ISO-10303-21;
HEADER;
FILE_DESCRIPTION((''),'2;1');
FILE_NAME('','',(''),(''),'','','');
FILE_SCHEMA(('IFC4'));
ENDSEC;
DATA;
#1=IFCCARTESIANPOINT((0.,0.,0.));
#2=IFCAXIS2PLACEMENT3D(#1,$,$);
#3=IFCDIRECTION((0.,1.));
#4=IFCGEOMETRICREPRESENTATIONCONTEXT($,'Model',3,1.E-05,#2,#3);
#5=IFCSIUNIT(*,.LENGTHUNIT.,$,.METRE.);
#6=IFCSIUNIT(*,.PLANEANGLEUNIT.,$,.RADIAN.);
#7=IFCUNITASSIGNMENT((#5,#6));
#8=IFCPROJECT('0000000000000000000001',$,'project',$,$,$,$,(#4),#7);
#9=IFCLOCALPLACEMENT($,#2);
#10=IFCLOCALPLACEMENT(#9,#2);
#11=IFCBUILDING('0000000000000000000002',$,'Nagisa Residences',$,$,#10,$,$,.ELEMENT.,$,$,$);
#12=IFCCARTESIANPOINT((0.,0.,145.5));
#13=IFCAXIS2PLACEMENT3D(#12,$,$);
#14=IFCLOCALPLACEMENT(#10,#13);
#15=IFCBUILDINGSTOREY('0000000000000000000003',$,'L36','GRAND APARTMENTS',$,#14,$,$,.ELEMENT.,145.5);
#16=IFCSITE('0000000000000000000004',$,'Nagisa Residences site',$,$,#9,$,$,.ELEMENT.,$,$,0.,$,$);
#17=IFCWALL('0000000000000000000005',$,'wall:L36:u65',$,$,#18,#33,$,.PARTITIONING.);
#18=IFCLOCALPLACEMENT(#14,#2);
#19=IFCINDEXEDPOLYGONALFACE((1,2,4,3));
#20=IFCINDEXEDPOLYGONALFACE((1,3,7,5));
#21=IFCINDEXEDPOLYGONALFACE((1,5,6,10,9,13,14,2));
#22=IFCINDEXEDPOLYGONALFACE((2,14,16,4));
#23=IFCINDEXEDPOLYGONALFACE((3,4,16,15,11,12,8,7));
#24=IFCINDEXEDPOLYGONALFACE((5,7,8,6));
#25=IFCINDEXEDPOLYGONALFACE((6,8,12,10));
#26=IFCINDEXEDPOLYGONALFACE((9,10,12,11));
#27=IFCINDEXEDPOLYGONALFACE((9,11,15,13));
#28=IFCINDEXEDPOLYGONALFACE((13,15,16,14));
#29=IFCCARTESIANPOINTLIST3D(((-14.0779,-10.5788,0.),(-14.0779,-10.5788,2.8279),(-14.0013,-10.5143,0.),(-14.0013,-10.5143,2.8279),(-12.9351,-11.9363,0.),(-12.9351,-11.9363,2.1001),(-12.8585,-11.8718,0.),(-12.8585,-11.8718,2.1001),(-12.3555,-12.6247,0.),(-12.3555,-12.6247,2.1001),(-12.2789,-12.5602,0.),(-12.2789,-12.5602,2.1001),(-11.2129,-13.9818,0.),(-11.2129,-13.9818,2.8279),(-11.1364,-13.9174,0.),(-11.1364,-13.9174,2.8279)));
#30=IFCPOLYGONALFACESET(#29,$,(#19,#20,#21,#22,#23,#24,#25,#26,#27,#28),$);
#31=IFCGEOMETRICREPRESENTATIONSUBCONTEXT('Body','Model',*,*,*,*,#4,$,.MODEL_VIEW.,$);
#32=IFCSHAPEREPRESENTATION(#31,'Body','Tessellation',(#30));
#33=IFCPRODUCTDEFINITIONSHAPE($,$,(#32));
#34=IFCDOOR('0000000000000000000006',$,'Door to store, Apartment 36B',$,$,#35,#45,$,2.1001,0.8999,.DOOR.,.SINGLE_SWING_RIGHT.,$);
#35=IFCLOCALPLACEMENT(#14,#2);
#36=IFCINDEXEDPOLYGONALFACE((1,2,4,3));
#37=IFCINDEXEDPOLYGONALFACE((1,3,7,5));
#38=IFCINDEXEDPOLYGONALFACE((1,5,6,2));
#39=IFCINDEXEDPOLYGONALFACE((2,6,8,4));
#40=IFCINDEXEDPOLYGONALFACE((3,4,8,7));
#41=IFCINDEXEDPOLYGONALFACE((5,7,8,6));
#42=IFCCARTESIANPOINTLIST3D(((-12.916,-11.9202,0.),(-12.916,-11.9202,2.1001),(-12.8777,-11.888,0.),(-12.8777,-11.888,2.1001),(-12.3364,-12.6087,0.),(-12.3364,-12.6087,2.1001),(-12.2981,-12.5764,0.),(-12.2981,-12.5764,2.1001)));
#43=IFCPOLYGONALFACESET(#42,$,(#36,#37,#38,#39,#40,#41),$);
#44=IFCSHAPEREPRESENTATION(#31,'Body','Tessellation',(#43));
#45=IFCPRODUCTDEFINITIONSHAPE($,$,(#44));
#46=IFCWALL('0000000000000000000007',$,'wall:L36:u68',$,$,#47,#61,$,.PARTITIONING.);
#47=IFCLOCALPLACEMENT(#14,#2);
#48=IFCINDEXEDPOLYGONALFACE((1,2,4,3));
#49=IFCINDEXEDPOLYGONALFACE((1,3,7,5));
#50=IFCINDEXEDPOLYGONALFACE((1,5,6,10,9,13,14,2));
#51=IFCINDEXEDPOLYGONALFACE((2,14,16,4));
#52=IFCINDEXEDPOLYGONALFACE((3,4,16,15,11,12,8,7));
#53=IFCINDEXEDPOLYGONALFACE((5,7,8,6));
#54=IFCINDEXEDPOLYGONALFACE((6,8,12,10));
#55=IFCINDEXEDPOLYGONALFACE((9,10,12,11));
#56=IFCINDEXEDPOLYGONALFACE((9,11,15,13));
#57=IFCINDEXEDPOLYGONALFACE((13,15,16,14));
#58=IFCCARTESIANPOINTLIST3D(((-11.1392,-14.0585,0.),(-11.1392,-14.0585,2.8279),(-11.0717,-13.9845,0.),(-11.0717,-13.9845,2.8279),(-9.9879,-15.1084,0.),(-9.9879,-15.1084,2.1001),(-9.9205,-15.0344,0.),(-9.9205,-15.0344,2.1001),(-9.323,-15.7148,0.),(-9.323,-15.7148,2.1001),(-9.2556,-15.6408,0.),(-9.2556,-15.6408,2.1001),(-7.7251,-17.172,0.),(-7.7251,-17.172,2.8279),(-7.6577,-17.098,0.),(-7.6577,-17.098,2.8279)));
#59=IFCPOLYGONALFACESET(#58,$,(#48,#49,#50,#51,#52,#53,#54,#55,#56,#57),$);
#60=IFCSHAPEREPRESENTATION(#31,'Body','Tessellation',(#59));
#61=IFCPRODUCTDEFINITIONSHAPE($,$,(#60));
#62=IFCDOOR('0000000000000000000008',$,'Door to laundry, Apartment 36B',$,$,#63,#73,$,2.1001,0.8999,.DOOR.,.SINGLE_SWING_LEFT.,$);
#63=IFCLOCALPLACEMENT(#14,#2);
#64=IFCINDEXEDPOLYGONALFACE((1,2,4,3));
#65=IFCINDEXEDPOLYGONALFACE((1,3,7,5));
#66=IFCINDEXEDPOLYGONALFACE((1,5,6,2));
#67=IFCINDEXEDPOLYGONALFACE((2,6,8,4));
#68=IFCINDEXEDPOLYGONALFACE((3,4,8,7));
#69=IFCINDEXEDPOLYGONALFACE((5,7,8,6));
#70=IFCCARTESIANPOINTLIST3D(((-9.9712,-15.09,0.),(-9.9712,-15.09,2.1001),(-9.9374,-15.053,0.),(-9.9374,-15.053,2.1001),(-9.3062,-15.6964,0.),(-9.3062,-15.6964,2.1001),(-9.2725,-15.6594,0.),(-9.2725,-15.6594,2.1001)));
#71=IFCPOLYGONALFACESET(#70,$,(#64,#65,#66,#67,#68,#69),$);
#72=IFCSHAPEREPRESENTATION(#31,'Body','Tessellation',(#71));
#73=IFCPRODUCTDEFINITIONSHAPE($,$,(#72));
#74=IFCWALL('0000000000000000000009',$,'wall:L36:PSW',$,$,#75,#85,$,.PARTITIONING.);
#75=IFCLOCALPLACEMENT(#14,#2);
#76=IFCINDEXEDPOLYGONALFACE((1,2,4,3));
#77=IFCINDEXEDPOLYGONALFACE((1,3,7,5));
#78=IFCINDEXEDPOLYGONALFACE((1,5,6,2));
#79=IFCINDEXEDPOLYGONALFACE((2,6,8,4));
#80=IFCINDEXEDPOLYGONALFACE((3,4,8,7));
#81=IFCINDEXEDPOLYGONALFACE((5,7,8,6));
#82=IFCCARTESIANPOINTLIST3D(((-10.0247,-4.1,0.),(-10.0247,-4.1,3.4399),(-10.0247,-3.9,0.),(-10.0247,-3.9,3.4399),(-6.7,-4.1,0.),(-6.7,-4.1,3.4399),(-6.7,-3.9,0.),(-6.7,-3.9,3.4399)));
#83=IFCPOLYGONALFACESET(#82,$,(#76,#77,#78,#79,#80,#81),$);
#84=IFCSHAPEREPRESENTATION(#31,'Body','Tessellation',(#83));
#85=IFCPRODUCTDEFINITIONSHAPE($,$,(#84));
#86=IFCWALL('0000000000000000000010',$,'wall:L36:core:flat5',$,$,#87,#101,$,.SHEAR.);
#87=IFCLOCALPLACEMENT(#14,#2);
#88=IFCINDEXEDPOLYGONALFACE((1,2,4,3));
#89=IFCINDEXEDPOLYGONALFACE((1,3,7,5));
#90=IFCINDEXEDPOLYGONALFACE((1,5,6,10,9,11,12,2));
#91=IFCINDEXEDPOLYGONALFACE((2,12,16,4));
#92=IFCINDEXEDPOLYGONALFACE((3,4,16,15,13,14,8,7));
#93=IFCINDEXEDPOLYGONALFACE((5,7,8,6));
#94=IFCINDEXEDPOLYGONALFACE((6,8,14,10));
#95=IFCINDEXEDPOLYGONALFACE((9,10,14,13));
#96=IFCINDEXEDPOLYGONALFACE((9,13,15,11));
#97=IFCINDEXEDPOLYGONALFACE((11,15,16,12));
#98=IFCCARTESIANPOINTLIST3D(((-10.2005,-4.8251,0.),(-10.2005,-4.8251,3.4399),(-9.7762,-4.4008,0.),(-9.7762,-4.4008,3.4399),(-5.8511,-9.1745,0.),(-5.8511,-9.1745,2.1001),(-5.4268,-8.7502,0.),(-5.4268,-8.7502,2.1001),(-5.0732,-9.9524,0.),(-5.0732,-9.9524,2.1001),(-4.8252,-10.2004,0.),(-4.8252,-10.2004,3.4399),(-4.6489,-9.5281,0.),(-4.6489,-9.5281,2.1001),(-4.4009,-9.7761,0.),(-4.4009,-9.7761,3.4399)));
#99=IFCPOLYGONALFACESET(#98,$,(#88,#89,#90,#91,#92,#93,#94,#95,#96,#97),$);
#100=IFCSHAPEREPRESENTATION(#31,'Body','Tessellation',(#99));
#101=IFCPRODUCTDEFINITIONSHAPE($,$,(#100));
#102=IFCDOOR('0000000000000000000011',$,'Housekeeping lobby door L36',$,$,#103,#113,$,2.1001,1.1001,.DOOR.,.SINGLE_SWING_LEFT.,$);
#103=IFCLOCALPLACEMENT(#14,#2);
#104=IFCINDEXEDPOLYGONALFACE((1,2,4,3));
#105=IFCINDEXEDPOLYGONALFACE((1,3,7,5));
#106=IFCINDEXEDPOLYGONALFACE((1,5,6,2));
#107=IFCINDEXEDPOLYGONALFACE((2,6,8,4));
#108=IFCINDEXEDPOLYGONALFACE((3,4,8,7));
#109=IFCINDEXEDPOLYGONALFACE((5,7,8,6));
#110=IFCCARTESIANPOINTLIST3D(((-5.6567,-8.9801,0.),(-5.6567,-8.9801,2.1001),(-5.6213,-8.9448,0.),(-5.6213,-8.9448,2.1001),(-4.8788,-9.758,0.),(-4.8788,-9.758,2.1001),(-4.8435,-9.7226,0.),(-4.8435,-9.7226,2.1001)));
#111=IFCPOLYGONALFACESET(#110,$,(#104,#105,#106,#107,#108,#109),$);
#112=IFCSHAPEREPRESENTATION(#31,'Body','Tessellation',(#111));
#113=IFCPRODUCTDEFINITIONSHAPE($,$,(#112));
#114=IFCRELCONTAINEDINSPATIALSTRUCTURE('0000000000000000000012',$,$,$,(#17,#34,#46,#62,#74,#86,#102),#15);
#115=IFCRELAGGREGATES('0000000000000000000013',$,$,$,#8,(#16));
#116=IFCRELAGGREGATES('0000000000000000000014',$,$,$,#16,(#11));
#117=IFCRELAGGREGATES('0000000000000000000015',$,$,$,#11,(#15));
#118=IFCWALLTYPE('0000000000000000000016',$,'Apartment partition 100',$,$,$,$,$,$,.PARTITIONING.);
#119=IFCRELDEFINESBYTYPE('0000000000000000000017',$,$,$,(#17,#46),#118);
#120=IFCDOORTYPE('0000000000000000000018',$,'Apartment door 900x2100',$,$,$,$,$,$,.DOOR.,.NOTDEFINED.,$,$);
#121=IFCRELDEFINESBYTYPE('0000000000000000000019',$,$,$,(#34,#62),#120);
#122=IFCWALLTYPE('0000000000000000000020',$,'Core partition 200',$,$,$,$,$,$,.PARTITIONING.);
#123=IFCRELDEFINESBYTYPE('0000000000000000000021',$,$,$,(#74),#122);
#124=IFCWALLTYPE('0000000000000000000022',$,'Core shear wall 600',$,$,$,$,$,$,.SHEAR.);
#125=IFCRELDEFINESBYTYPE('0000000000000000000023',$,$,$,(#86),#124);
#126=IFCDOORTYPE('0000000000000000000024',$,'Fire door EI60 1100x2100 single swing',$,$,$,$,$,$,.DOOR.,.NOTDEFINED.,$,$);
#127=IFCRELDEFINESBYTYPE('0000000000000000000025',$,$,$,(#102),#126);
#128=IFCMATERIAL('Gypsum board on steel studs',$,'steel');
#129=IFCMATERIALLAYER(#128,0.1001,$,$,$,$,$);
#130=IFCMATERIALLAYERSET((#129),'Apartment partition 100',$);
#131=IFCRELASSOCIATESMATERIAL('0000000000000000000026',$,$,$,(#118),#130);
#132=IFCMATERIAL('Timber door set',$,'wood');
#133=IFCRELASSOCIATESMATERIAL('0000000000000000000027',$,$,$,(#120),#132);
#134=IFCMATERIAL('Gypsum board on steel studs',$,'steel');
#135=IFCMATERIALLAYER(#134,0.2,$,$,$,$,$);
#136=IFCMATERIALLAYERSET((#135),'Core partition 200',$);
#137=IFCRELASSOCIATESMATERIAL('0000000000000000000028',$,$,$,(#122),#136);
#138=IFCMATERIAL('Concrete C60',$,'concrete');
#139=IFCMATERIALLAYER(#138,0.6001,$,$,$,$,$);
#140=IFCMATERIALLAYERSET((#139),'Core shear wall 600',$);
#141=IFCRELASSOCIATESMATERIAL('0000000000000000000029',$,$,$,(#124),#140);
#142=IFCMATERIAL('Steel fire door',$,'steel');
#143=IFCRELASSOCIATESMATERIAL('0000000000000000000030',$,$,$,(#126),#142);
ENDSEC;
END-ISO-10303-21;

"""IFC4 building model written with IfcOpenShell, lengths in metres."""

from ifc_helpers import new_model, si_unit, direction, frame, frame_2d, origin, place, context, subcontext, project, spatial, rectangle, extrude, material, layer, layer_set, type_object, element, fill, save


model = new_model("IFC4")

# Units and contexts
model_context = context("Model", 3, precision=1e-05, world=origin(), true_north=direction((0.0, 1.0)))
body_context = subcontext(model_context, "Body", "Model", "MODEL_VIEW")
ifc_project = project(units=[si_unit("LENGTHUNIT", "METRE"), si_unit("PLANEANGLEUNIT", "RADIAN")], contexts=[model_context])

# Site, building, storey
site_placement = place(None, origin())
site = spatial("IfcSite", under=ifc_project, at=site_placement, Name="Nagisa Residences site", CompositionType="ELEMENT", RefElevation=0.0)
building_placement = place(site_placement, origin())
building = spatial("IfcBuilding", under=site, at=building_placement, Name="Nagisa Residences", CompositionType="ELEMENT")
storey_placement = place(building_placement, frame((0.0, 0.0, 145.5)))
storey = spatial("IfcBuildingStorey", under=building, at=storey_placement, Name="L36", Description="GRAND APARTMENTS", CompositionType="ELEMENT", Elevation=145.5)

# Shared definitions
ifc_material_1 = material(Name="Gypsum board on steel studs", Category="steel")
ifc_layer_1 = layer(ifc_material_1, 0.1001)
ifc_layer_set_1 = layer_set([ifc_layer_1], Name="Apartment partition 100")
wall_type_1 = type_object("IfcWallType", Name="Apartment partition 100", PredefinedType="PARTITIONING", material=ifc_layer_set_1)
ifc_material_2 = material(Name="Timber door set", Category="wood")
door_type_1 = type_object("IfcDoorType", Name="Apartment door 900x2100", OperationType="NOTDEFINED", PredefinedType="DOOR", material=ifc_material_2)

# Walls, openings, doors
wall_1_placement = place(storey_placement, frame((-14.0396, -10.5466, 0.0), z_axis=(0.0, 0.0, 1.0), x_axis=(0.644036, -0.764995, 0.0)))
wall_1 = element("IfcWall", 1, at=wall_1_placement, inside=storey, type_object=wall_type_1, Name="wall:L36:u65", PredefinedType="PARTITIONING", context=body_context, shape_type="SweptSolid", body=[
    extrude(rectangle(XDim=4.4485, YDim=0.1001, at=frame_2d((2.2241, 0.0))), origin(), (0.0, 0.0, 1.0), 2.8279),
])
opening_1_placement = place(wall_1_placement, frame((1.7744, 0.0, 0.0)))
opening_1 = element("IfcOpeningElement", 2, at=opening_1_placement, cuts=wall_1, PredefinedType="OPENING", context=body_context, shape_type="SweptSolid", body=[
    extrude(rectangle(XDim=0.8999, YDim=2.1001, at=frame_2d((0.45, 1.05))), frame((0.0, 0.0601, 0.0), z_axis=(0.0, -1.0, 0.0), x_axis=(1.0, 0.0, 0.0)), (0.0, 0.0, 1.0), 0.1201),
])
door_1_placement = place(opening_1_placement, origin())
door_1 = element("IfcDoor", 3, at=door_1_placement, inside=storey, type_object=door_type_1, Name="Door to store, Apartment 36B", OperationType="SINGLE_SWING_RIGHT", OverallHeight=2.1001, OverallWidth=0.8999, PredefinedType="DOOR", context=body_context, shape_type="SweptSolid", body=[
    extrude(rectangle(XDim=0.8999, YDim=2.1001, at=frame_2d((0.45, 1.05))), frame((0.0, 0.0249, 0.0), z_axis=(0.0, -1.0, 0.0), x_axis=(1.0, 0.0, 0.0)), (0.0, 0.0, 1.0), 0.05),
])
fill(opening_1, door_1)
wall_2_placement = place(storey_placement, frame((-11.1055, -14.0215, 0.0), z_axis=(0.0, 0.0, 1.0), x_axis=(0.73888, -0.673837, 0.0)))
wall_2 = element("IfcWall", 4, at=wall_2_placement, inside=storey, type_object=wall_type_1, Name="wall:L36:u68", PredefinedType="PARTITIONING", context=body_context, shape_type="SweptSolid", body=[
    extrude(rectangle(XDim=4.6206, YDim=0.1001, at=frame_2d((2.3103, 0.0))), origin(), (0.0, 0.0, 1.0), 2.8279),
])
opening_2_placement = place(wall_2_placement, frame((1.5581, 0.0, 0.0)))
opening_2 = element("IfcOpeningElement", 5, at=opening_2_placement, cuts=wall_2, PredefinedType="OPENING", context=body_context, shape_type="SweptSolid", body=[
    extrude(rectangle(XDim=0.8999, YDim=2.1001, at=frame_2d((0.45, 1.05))), frame((0.0, 0.0601, 0.0), z_axis=(0.0, -1.0, 0.0), x_axis=(1.0, 0.0, 0.0)), (0.0, 0.0, 1.0), 0.1201),
])
door_2_placement = place(opening_2_placement, origin())
door_2 = element("IfcDoor", 6, at=door_2_placement, inside=storey, type_object=door_type_1, Name="Door to laundry, Apartment 36B", OperationType="SINGLE_SWING_LEFT", OverallHeight=2.1001, OverallWidth=0.8999, PredefinedType="DOOR", context=body_context, shape_type="SweptSolid", body=[
    extrude(rectangle(XDim=0.8999, YDim=2.1001, at=frame_2d((0.45, 1.05))), frame((0.0, 0.0249, 0.0), z_axis=(0.0, -1.0, 0.0), x_axis=(1.0, 0.0, 0.0)), (0.0, 0.0, 1.0), 0.05),
])
fill(opening_2, door_2)

# Wall
ifc_material_3 = material(Name="Gypsum board on steel studs", Category="steel")
ifc_layer_2 = layer(ifc_material_3, 0.2)
ifc_layer_set_2 = layer_set([ifc_layer_2], Name="Core partition 200")
wall_type_2 = type_object("IfcWallType", Name="Core partition 200", PredefinedType="PARTITIONING", material=ifc_layer_set_2)
wall_3_placement = place(storey_placement, frame((-10.0247, -4.0, 0.0), z_axis=(0.0, 0.0, 1.0), x_axis=(1.0, 0.0, 0.0)))
element("IfcWall", 7, at=wall_3_placement, inside=storey, type_object=wall_type_2, Name="wall:L36:PSW", PredefinedType="PARTITIONING", context=body_context, shape_type="SweptSolid", body=[
    extrude(rectangle(XDim=3.3247, YDim=0.2, at=frame_2d((1.6624, 0.0))), origin(), (0.0, 0.0, 1.0), 3.4399),
])

# Wall, opening, door
ifc_material_4 = material(Name="Concrete C60", Category="concrete")
ifc_layer_3 = layer(ifc_material_4, 0.6001)
ifc_layer_set_3 = layer_set([ifc_layer_3], Name="Core shear wall 600")
wall_type_3 = type_object("IfcWallType", Name="Core shear wall 600", PredefinedType="SHEAR", material=ifc_layer_set_3)
wall_4_placement = place(storey_placement, frame((-9.9883, -4.613, 0.0), z_axis=(0.0, 0.0, 1.0), x_axis=(0.707107, -0.707107, 0.0)))
wall_4 = element("IfcWall", 8, at=wall_4_placement, inside=storey, type_object=wall_type_3, Name="wall:L36:core:flat5", PredefinedType="SHEAR", context=body_context, shape_type="SweptSolid", body=[
    extrude(rectangle(XDim=7.6018, YDim=0.6001, at=frame_2d((3.8008, 0.0))), origin(), (0.0, 0.0, 1.0), 3.4399),
])
opening_3_placement = place(wall_4_placement, frame((6.1509, 0.0, 0.0)))
opening_3 = element("IfcOpeningElement", 9, at=opening_3_placement, cuts=wall_4, PredefinedType="OPENING", context=body_context, shape_type="SweptSolid", body=[
    extrude(rectangle(XDim=1.1001, YDim=2.1001, at=frame_2d((0.55, 1.05))), frame((0.0, 0.3101, 0.0), z_axis=(0.0, -1.0, 0.0), x_axis=(1.0, 0.0, 0.0)), (0.0, 0.0, 1.0), 0.6201),
])
ifc_material_5 = material(Name="Steel fire door", Category="steel")
door_type_2 = type_object("IfcDoorType", Name="Fire door EI60 1100x2100 single swing", OperationType="NOTDEFINED", PredefinedType="DOOR", material=ifc_material_5)
door_3_placement = place(opening_3_placement, origin())
door_3 = element("IfcDoor", 10, at=door_3_placement, inside=storey, type_object=door_type_2, Name="Housekeeping lobby door L36", OperationType="SINGLE_SWING_LEFT", OverallHeight=2.1001, OverallWidth=1.1001, PredefinedType="DOOR", context=body_context, shape_type="SweptSolid", body=[
    extrude(rectangle(XDim=1.1001, YDim=2.1001, at=frame_2d((0.55, 1.05))), frame((0.0, 0.0249, 0.0), z_axis=(0.0, -1.0, 0.0), x_axis=(1.0, 0.0, 0.0)), (0.0, 0.0, 1.0), 0.05),
])
fill(opening_3, door_3)

save(model, "model.ifc")
